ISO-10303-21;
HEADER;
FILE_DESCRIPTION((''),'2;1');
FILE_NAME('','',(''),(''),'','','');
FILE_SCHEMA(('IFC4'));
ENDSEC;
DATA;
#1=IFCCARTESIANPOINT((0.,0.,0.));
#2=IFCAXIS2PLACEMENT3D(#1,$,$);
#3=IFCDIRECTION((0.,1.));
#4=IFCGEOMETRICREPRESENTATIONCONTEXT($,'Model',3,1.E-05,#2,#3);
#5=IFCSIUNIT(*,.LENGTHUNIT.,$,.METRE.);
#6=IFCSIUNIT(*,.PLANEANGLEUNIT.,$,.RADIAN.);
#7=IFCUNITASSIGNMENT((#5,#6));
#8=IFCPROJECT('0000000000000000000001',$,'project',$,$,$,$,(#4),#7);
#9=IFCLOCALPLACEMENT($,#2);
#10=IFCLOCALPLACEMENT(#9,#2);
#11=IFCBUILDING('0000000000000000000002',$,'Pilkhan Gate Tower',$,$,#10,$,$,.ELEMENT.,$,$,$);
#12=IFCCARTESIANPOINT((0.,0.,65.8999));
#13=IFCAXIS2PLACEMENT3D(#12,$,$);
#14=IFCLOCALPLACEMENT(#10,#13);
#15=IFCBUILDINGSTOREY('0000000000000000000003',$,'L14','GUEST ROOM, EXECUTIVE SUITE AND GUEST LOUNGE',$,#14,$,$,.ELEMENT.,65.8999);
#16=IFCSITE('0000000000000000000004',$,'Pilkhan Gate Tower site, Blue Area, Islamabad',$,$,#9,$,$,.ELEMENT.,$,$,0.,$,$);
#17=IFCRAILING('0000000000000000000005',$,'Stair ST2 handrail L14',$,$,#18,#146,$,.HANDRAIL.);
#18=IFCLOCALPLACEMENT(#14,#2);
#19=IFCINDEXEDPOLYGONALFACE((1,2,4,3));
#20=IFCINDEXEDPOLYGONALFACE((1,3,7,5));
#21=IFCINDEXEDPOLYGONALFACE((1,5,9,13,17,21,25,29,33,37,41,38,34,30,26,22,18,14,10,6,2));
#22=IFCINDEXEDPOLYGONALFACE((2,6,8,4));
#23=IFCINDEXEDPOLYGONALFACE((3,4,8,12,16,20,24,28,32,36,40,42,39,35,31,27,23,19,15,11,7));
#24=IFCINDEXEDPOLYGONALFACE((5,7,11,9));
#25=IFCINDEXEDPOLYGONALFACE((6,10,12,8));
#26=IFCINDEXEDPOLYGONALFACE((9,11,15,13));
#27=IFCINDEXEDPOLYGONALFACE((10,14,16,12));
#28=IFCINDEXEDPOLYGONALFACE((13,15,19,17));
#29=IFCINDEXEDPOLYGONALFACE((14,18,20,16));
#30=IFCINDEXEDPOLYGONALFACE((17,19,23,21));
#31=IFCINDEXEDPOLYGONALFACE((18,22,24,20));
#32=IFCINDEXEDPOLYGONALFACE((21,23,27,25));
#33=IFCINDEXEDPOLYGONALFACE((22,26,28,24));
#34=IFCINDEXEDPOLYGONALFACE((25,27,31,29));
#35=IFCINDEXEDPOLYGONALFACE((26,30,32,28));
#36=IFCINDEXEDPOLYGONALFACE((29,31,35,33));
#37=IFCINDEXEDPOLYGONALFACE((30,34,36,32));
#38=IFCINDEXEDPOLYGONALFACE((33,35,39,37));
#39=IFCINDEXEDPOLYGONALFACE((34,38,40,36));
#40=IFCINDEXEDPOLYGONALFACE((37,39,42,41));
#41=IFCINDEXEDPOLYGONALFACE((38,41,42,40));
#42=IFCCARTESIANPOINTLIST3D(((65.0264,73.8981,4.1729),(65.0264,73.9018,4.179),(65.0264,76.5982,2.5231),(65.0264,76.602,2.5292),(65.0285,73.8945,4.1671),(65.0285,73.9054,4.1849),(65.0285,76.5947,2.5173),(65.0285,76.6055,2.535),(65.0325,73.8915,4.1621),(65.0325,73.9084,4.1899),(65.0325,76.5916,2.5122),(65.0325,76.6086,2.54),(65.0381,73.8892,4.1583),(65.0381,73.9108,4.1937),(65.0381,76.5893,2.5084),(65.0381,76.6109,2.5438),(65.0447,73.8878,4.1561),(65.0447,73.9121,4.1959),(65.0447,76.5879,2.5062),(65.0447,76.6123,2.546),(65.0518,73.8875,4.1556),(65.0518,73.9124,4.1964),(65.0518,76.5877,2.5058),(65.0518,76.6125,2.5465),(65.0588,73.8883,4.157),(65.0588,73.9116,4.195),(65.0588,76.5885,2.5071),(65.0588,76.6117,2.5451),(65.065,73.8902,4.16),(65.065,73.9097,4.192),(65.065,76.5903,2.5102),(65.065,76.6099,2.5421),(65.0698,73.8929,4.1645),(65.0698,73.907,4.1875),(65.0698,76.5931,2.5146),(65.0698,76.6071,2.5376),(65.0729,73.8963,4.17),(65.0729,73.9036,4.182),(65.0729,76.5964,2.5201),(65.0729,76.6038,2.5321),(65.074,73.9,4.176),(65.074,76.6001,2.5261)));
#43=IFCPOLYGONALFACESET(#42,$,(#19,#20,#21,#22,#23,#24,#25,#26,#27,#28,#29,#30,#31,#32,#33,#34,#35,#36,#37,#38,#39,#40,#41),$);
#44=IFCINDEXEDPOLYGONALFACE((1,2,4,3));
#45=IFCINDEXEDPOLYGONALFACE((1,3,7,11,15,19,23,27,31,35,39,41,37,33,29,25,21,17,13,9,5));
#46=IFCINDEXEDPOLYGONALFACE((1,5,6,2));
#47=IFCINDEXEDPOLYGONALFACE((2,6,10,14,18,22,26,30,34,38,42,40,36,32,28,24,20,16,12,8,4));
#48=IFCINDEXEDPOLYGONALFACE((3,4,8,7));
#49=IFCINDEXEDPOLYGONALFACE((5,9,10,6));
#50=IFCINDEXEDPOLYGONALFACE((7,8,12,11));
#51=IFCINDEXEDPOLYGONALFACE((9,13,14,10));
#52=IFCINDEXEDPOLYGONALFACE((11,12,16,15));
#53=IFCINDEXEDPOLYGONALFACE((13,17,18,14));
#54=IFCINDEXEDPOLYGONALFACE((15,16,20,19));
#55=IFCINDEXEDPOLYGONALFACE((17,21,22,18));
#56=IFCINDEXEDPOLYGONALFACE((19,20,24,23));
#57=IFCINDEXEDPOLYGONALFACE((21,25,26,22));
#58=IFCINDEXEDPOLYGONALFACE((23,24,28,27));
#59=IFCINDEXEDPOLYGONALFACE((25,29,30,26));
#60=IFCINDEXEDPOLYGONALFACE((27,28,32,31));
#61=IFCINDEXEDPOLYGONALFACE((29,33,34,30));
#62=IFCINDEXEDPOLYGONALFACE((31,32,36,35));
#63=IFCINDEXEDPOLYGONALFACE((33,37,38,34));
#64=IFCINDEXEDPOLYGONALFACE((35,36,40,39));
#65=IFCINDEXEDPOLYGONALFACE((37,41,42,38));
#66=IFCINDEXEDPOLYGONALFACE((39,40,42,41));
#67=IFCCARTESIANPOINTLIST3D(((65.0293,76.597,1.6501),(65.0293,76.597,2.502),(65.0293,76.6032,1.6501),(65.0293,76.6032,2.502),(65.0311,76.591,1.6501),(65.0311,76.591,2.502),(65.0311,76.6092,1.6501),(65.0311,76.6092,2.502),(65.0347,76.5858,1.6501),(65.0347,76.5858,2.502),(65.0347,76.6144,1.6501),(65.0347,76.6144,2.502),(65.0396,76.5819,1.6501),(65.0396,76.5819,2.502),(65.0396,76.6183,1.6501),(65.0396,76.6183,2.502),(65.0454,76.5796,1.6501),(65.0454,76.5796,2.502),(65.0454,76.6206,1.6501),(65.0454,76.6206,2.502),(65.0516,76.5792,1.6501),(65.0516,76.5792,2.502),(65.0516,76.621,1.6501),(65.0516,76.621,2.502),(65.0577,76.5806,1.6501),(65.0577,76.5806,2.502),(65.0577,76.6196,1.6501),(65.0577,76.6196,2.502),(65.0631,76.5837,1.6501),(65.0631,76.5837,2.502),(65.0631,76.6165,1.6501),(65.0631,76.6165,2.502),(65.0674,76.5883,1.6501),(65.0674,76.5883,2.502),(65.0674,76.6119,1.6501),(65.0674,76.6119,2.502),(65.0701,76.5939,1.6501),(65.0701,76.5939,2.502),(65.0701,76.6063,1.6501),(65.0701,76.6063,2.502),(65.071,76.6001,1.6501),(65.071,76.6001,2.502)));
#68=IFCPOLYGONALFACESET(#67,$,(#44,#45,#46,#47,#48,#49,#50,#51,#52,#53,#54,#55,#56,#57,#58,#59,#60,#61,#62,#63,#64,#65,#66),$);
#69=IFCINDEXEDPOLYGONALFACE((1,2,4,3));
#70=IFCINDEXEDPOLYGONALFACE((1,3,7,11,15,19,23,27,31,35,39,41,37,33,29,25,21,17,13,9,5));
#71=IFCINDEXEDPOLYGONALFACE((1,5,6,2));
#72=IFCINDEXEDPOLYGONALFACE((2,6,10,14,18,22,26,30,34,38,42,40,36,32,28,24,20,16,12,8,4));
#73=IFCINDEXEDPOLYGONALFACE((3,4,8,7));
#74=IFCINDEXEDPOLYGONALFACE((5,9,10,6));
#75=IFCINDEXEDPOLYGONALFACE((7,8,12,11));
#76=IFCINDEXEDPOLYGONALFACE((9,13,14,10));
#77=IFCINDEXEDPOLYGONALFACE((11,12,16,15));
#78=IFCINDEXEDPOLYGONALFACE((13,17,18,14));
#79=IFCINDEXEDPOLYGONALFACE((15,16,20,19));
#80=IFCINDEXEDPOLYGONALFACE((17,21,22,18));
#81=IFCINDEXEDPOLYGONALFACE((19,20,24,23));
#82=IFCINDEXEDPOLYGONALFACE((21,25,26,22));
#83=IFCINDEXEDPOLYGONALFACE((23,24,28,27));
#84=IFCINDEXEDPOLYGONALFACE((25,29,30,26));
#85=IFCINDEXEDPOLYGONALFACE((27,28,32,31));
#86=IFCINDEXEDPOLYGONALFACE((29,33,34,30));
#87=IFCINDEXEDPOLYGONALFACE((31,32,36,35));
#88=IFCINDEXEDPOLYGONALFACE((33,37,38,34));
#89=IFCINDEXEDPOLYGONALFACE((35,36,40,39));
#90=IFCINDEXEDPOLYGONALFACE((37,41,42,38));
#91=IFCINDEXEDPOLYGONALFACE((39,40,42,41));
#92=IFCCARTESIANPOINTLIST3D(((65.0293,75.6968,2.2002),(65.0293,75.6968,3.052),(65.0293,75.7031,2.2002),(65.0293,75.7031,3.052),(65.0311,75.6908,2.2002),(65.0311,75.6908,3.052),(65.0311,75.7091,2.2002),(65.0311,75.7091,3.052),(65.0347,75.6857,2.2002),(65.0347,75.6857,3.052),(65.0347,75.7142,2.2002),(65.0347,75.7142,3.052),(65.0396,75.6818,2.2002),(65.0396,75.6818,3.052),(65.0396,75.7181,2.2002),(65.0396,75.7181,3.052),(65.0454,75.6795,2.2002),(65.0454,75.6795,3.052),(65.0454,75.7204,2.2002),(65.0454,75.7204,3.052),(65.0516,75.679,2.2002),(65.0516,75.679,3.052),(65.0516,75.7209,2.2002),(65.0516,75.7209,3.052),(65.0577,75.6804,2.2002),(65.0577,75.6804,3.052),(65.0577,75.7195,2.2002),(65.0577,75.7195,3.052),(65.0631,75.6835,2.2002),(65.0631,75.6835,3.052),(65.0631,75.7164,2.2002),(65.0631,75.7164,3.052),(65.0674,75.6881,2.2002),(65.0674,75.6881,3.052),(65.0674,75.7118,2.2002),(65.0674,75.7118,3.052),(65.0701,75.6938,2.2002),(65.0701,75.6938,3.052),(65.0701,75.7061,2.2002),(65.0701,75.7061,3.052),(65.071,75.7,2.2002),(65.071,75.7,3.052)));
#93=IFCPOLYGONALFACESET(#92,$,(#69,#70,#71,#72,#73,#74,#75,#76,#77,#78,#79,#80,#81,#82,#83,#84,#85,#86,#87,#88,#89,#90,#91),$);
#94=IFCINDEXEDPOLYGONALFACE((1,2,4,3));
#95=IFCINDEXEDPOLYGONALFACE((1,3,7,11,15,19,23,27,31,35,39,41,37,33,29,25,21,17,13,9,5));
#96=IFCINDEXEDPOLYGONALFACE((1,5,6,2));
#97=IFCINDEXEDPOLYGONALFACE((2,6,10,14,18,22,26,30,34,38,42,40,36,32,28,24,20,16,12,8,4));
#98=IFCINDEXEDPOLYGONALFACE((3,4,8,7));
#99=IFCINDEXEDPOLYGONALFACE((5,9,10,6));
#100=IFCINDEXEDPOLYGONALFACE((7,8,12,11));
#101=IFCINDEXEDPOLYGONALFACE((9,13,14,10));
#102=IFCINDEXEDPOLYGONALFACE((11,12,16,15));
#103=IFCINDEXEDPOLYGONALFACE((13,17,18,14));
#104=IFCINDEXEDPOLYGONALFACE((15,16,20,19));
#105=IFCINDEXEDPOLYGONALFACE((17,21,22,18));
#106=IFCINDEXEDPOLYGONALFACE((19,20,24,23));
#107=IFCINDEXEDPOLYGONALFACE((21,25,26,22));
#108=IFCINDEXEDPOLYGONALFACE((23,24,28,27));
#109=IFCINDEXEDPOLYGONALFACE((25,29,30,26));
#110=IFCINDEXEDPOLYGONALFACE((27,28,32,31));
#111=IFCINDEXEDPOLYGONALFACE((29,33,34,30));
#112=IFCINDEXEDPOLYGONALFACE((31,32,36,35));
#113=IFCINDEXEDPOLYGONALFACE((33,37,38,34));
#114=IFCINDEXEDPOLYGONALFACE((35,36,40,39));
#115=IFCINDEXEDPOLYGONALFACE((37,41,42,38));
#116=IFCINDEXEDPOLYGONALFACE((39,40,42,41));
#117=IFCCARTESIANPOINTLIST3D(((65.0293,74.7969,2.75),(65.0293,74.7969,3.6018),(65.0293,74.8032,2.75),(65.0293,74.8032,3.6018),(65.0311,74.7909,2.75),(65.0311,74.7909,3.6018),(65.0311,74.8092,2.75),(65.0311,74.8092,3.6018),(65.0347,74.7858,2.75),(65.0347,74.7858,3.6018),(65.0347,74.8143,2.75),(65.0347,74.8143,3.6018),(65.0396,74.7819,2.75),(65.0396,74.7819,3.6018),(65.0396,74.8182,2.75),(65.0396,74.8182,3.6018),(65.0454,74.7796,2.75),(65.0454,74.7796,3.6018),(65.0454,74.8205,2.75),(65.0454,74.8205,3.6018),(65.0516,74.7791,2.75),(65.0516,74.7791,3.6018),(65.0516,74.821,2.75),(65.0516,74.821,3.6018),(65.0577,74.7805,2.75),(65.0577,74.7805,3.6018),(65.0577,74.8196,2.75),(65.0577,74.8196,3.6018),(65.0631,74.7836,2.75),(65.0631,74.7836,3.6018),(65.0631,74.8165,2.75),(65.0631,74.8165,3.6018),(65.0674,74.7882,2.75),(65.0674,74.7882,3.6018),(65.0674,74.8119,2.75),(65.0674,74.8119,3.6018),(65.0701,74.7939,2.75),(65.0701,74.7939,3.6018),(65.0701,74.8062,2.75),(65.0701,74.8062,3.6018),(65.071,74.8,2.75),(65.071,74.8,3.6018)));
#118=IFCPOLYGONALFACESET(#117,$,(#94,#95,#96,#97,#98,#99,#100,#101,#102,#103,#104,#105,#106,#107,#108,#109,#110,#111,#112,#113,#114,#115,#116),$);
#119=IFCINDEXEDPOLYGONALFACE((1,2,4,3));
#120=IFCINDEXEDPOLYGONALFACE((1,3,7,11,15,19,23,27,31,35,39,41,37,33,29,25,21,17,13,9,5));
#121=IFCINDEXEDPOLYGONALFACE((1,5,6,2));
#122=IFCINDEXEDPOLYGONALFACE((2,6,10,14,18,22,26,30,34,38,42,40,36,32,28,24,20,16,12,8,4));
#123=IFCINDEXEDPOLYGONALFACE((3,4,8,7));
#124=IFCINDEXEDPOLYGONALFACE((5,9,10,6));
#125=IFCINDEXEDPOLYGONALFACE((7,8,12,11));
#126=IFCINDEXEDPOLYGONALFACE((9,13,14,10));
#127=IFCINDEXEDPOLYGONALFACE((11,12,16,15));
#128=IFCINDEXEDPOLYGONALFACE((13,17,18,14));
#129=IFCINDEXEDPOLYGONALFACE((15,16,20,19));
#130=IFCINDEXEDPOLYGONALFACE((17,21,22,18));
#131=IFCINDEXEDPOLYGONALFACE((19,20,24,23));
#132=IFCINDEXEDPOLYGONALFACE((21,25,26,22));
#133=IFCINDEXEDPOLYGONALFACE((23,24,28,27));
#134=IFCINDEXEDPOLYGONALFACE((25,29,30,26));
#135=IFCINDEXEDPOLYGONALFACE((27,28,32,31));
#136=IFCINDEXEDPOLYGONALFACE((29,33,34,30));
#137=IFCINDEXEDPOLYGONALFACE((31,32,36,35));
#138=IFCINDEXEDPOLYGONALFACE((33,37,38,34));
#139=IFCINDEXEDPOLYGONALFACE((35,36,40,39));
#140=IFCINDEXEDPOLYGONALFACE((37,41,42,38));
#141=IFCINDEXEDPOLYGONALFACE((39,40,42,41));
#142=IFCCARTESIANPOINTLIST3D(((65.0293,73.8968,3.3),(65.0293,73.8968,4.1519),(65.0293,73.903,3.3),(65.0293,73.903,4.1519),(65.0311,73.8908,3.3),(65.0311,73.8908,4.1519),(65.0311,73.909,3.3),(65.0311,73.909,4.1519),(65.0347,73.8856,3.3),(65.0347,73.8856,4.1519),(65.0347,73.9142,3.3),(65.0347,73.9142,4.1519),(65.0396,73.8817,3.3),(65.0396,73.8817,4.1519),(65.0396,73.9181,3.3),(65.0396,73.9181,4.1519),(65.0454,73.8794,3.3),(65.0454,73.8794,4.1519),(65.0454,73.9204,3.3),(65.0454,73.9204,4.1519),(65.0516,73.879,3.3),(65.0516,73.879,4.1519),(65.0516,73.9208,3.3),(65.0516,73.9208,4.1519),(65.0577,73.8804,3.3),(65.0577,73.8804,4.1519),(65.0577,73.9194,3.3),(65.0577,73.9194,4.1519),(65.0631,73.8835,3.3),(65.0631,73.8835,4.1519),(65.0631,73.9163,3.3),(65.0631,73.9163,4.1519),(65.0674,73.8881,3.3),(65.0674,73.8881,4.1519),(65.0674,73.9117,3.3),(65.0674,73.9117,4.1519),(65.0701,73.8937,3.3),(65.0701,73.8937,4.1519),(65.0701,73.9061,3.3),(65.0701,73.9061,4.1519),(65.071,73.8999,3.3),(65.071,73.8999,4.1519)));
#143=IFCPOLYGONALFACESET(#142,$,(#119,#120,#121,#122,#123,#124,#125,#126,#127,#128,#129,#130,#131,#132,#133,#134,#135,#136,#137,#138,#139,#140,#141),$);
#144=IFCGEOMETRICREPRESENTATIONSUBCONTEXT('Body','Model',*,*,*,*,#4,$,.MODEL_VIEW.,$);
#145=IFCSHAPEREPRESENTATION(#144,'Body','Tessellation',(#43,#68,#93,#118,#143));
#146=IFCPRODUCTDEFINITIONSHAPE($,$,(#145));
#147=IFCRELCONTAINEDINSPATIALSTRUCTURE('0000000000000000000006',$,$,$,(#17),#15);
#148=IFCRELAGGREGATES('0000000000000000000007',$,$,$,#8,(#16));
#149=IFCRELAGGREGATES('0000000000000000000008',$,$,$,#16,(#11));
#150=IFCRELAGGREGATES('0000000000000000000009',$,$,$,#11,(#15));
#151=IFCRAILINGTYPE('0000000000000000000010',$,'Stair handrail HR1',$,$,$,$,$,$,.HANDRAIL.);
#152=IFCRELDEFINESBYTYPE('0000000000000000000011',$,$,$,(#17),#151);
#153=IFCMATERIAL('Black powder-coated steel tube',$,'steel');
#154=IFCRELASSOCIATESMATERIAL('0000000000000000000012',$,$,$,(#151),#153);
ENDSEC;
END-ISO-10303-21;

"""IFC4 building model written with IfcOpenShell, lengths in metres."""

from ifc_helpers import new_model, si_unit, direction, frame, origin, origin_2d, place, context, subcontext, project, spatial, circle, extrude, material, type_object, element, save


model = new_model("IFC4")

# Units and contexts
model_context = context("Model", 3, precision=1e-05, world=origin(), true_north=direction((0.0, 1.0)))
body_context = subcontext(model_context, "Body", "Model", "MODEL_VIEW")
ifc_project = project(units=[si_unit("LENGTHUNIT", "METRE"), si_unit("PLANEANGLEUNIT", "RADIAN")], contexts=[model_context])

# Site, building, storey
site_placement = place(None, origin())
site = spatial("IfcSite", under=ifc_project, at=site_placement, Name="Pilkhan Gate Tower site, Blue Area, Islamabad", CompositionType="ELEMENT", RefElevation=0.0)
building_placement = place(site_placement, origin())
building = spatial("IfcBuilding", under=site, at=building_placement, Name="Pilkhan Gate Tower", CompositionType="ELEMENT")
storey_placement = place(building_placement, frame((0.0, 0.0, 65.8999)))
storey = spatial("IfcBuildingStorey", under=building, at=storey_placement, Name="L14", Description="GUEST ROOM, EXECUTIVE SUITE AND GUEST LOUNGE", CompositionType="ELEMENT", Elevation=65.8999)

# Railing
ifc_material_1 = material(Name="Black powder-coated steel tube", Category="steel")
railing_type_1 = type_object("IfcRailingType", Name="Stair handrail HR1", PredefinedType="HANDRAIL", material=ifc_material_1)
railing_1_placement = place(storey_placement, frame((65.05, 76.6001, 1.6501)))
element("IfcRailing", 1, at=railing_1_placement, inside=storey, type_object=railing_type_1, Name="Stair ST2 handrail L14", PredefinedType="HANDRAIL", context=body_context, shape_type="SweptSolid", body=[
    extrude(circle(Radius=0.0239, at=origin_2d()), frame((0.0, 0.0, 0.876), z_axis=(0.0, -0.853312, 0.5214), x_axis=(1.0, 0.0, 0.0)), (0.0, 0.0, 1.0), 3.1643),
    extrude(circle(Radius=0.021, at=origin_2d()), origin(), (0.0, 0.0, 1.0), 0.8518),
    extrude(circle(Radius=0.021, at=origin_2d()), frame((0.0, -0.9001, 0.55)), (0.0, 0.0, 1.0), 0.8518),
    extrude(circle(Radius=0.021, at=origin_2d()), frame((0.0, -1.8, 1.0999)), (0.0, 0.0, 1.0), 0.8518),
    extrude(circle(Radius=0.021, at=origin_2d()), frame((0.0, -2.7002, 1.6499)), (0.0, 0.0, 1.0), 0.8518),
])

save(model, "model.ifc")
